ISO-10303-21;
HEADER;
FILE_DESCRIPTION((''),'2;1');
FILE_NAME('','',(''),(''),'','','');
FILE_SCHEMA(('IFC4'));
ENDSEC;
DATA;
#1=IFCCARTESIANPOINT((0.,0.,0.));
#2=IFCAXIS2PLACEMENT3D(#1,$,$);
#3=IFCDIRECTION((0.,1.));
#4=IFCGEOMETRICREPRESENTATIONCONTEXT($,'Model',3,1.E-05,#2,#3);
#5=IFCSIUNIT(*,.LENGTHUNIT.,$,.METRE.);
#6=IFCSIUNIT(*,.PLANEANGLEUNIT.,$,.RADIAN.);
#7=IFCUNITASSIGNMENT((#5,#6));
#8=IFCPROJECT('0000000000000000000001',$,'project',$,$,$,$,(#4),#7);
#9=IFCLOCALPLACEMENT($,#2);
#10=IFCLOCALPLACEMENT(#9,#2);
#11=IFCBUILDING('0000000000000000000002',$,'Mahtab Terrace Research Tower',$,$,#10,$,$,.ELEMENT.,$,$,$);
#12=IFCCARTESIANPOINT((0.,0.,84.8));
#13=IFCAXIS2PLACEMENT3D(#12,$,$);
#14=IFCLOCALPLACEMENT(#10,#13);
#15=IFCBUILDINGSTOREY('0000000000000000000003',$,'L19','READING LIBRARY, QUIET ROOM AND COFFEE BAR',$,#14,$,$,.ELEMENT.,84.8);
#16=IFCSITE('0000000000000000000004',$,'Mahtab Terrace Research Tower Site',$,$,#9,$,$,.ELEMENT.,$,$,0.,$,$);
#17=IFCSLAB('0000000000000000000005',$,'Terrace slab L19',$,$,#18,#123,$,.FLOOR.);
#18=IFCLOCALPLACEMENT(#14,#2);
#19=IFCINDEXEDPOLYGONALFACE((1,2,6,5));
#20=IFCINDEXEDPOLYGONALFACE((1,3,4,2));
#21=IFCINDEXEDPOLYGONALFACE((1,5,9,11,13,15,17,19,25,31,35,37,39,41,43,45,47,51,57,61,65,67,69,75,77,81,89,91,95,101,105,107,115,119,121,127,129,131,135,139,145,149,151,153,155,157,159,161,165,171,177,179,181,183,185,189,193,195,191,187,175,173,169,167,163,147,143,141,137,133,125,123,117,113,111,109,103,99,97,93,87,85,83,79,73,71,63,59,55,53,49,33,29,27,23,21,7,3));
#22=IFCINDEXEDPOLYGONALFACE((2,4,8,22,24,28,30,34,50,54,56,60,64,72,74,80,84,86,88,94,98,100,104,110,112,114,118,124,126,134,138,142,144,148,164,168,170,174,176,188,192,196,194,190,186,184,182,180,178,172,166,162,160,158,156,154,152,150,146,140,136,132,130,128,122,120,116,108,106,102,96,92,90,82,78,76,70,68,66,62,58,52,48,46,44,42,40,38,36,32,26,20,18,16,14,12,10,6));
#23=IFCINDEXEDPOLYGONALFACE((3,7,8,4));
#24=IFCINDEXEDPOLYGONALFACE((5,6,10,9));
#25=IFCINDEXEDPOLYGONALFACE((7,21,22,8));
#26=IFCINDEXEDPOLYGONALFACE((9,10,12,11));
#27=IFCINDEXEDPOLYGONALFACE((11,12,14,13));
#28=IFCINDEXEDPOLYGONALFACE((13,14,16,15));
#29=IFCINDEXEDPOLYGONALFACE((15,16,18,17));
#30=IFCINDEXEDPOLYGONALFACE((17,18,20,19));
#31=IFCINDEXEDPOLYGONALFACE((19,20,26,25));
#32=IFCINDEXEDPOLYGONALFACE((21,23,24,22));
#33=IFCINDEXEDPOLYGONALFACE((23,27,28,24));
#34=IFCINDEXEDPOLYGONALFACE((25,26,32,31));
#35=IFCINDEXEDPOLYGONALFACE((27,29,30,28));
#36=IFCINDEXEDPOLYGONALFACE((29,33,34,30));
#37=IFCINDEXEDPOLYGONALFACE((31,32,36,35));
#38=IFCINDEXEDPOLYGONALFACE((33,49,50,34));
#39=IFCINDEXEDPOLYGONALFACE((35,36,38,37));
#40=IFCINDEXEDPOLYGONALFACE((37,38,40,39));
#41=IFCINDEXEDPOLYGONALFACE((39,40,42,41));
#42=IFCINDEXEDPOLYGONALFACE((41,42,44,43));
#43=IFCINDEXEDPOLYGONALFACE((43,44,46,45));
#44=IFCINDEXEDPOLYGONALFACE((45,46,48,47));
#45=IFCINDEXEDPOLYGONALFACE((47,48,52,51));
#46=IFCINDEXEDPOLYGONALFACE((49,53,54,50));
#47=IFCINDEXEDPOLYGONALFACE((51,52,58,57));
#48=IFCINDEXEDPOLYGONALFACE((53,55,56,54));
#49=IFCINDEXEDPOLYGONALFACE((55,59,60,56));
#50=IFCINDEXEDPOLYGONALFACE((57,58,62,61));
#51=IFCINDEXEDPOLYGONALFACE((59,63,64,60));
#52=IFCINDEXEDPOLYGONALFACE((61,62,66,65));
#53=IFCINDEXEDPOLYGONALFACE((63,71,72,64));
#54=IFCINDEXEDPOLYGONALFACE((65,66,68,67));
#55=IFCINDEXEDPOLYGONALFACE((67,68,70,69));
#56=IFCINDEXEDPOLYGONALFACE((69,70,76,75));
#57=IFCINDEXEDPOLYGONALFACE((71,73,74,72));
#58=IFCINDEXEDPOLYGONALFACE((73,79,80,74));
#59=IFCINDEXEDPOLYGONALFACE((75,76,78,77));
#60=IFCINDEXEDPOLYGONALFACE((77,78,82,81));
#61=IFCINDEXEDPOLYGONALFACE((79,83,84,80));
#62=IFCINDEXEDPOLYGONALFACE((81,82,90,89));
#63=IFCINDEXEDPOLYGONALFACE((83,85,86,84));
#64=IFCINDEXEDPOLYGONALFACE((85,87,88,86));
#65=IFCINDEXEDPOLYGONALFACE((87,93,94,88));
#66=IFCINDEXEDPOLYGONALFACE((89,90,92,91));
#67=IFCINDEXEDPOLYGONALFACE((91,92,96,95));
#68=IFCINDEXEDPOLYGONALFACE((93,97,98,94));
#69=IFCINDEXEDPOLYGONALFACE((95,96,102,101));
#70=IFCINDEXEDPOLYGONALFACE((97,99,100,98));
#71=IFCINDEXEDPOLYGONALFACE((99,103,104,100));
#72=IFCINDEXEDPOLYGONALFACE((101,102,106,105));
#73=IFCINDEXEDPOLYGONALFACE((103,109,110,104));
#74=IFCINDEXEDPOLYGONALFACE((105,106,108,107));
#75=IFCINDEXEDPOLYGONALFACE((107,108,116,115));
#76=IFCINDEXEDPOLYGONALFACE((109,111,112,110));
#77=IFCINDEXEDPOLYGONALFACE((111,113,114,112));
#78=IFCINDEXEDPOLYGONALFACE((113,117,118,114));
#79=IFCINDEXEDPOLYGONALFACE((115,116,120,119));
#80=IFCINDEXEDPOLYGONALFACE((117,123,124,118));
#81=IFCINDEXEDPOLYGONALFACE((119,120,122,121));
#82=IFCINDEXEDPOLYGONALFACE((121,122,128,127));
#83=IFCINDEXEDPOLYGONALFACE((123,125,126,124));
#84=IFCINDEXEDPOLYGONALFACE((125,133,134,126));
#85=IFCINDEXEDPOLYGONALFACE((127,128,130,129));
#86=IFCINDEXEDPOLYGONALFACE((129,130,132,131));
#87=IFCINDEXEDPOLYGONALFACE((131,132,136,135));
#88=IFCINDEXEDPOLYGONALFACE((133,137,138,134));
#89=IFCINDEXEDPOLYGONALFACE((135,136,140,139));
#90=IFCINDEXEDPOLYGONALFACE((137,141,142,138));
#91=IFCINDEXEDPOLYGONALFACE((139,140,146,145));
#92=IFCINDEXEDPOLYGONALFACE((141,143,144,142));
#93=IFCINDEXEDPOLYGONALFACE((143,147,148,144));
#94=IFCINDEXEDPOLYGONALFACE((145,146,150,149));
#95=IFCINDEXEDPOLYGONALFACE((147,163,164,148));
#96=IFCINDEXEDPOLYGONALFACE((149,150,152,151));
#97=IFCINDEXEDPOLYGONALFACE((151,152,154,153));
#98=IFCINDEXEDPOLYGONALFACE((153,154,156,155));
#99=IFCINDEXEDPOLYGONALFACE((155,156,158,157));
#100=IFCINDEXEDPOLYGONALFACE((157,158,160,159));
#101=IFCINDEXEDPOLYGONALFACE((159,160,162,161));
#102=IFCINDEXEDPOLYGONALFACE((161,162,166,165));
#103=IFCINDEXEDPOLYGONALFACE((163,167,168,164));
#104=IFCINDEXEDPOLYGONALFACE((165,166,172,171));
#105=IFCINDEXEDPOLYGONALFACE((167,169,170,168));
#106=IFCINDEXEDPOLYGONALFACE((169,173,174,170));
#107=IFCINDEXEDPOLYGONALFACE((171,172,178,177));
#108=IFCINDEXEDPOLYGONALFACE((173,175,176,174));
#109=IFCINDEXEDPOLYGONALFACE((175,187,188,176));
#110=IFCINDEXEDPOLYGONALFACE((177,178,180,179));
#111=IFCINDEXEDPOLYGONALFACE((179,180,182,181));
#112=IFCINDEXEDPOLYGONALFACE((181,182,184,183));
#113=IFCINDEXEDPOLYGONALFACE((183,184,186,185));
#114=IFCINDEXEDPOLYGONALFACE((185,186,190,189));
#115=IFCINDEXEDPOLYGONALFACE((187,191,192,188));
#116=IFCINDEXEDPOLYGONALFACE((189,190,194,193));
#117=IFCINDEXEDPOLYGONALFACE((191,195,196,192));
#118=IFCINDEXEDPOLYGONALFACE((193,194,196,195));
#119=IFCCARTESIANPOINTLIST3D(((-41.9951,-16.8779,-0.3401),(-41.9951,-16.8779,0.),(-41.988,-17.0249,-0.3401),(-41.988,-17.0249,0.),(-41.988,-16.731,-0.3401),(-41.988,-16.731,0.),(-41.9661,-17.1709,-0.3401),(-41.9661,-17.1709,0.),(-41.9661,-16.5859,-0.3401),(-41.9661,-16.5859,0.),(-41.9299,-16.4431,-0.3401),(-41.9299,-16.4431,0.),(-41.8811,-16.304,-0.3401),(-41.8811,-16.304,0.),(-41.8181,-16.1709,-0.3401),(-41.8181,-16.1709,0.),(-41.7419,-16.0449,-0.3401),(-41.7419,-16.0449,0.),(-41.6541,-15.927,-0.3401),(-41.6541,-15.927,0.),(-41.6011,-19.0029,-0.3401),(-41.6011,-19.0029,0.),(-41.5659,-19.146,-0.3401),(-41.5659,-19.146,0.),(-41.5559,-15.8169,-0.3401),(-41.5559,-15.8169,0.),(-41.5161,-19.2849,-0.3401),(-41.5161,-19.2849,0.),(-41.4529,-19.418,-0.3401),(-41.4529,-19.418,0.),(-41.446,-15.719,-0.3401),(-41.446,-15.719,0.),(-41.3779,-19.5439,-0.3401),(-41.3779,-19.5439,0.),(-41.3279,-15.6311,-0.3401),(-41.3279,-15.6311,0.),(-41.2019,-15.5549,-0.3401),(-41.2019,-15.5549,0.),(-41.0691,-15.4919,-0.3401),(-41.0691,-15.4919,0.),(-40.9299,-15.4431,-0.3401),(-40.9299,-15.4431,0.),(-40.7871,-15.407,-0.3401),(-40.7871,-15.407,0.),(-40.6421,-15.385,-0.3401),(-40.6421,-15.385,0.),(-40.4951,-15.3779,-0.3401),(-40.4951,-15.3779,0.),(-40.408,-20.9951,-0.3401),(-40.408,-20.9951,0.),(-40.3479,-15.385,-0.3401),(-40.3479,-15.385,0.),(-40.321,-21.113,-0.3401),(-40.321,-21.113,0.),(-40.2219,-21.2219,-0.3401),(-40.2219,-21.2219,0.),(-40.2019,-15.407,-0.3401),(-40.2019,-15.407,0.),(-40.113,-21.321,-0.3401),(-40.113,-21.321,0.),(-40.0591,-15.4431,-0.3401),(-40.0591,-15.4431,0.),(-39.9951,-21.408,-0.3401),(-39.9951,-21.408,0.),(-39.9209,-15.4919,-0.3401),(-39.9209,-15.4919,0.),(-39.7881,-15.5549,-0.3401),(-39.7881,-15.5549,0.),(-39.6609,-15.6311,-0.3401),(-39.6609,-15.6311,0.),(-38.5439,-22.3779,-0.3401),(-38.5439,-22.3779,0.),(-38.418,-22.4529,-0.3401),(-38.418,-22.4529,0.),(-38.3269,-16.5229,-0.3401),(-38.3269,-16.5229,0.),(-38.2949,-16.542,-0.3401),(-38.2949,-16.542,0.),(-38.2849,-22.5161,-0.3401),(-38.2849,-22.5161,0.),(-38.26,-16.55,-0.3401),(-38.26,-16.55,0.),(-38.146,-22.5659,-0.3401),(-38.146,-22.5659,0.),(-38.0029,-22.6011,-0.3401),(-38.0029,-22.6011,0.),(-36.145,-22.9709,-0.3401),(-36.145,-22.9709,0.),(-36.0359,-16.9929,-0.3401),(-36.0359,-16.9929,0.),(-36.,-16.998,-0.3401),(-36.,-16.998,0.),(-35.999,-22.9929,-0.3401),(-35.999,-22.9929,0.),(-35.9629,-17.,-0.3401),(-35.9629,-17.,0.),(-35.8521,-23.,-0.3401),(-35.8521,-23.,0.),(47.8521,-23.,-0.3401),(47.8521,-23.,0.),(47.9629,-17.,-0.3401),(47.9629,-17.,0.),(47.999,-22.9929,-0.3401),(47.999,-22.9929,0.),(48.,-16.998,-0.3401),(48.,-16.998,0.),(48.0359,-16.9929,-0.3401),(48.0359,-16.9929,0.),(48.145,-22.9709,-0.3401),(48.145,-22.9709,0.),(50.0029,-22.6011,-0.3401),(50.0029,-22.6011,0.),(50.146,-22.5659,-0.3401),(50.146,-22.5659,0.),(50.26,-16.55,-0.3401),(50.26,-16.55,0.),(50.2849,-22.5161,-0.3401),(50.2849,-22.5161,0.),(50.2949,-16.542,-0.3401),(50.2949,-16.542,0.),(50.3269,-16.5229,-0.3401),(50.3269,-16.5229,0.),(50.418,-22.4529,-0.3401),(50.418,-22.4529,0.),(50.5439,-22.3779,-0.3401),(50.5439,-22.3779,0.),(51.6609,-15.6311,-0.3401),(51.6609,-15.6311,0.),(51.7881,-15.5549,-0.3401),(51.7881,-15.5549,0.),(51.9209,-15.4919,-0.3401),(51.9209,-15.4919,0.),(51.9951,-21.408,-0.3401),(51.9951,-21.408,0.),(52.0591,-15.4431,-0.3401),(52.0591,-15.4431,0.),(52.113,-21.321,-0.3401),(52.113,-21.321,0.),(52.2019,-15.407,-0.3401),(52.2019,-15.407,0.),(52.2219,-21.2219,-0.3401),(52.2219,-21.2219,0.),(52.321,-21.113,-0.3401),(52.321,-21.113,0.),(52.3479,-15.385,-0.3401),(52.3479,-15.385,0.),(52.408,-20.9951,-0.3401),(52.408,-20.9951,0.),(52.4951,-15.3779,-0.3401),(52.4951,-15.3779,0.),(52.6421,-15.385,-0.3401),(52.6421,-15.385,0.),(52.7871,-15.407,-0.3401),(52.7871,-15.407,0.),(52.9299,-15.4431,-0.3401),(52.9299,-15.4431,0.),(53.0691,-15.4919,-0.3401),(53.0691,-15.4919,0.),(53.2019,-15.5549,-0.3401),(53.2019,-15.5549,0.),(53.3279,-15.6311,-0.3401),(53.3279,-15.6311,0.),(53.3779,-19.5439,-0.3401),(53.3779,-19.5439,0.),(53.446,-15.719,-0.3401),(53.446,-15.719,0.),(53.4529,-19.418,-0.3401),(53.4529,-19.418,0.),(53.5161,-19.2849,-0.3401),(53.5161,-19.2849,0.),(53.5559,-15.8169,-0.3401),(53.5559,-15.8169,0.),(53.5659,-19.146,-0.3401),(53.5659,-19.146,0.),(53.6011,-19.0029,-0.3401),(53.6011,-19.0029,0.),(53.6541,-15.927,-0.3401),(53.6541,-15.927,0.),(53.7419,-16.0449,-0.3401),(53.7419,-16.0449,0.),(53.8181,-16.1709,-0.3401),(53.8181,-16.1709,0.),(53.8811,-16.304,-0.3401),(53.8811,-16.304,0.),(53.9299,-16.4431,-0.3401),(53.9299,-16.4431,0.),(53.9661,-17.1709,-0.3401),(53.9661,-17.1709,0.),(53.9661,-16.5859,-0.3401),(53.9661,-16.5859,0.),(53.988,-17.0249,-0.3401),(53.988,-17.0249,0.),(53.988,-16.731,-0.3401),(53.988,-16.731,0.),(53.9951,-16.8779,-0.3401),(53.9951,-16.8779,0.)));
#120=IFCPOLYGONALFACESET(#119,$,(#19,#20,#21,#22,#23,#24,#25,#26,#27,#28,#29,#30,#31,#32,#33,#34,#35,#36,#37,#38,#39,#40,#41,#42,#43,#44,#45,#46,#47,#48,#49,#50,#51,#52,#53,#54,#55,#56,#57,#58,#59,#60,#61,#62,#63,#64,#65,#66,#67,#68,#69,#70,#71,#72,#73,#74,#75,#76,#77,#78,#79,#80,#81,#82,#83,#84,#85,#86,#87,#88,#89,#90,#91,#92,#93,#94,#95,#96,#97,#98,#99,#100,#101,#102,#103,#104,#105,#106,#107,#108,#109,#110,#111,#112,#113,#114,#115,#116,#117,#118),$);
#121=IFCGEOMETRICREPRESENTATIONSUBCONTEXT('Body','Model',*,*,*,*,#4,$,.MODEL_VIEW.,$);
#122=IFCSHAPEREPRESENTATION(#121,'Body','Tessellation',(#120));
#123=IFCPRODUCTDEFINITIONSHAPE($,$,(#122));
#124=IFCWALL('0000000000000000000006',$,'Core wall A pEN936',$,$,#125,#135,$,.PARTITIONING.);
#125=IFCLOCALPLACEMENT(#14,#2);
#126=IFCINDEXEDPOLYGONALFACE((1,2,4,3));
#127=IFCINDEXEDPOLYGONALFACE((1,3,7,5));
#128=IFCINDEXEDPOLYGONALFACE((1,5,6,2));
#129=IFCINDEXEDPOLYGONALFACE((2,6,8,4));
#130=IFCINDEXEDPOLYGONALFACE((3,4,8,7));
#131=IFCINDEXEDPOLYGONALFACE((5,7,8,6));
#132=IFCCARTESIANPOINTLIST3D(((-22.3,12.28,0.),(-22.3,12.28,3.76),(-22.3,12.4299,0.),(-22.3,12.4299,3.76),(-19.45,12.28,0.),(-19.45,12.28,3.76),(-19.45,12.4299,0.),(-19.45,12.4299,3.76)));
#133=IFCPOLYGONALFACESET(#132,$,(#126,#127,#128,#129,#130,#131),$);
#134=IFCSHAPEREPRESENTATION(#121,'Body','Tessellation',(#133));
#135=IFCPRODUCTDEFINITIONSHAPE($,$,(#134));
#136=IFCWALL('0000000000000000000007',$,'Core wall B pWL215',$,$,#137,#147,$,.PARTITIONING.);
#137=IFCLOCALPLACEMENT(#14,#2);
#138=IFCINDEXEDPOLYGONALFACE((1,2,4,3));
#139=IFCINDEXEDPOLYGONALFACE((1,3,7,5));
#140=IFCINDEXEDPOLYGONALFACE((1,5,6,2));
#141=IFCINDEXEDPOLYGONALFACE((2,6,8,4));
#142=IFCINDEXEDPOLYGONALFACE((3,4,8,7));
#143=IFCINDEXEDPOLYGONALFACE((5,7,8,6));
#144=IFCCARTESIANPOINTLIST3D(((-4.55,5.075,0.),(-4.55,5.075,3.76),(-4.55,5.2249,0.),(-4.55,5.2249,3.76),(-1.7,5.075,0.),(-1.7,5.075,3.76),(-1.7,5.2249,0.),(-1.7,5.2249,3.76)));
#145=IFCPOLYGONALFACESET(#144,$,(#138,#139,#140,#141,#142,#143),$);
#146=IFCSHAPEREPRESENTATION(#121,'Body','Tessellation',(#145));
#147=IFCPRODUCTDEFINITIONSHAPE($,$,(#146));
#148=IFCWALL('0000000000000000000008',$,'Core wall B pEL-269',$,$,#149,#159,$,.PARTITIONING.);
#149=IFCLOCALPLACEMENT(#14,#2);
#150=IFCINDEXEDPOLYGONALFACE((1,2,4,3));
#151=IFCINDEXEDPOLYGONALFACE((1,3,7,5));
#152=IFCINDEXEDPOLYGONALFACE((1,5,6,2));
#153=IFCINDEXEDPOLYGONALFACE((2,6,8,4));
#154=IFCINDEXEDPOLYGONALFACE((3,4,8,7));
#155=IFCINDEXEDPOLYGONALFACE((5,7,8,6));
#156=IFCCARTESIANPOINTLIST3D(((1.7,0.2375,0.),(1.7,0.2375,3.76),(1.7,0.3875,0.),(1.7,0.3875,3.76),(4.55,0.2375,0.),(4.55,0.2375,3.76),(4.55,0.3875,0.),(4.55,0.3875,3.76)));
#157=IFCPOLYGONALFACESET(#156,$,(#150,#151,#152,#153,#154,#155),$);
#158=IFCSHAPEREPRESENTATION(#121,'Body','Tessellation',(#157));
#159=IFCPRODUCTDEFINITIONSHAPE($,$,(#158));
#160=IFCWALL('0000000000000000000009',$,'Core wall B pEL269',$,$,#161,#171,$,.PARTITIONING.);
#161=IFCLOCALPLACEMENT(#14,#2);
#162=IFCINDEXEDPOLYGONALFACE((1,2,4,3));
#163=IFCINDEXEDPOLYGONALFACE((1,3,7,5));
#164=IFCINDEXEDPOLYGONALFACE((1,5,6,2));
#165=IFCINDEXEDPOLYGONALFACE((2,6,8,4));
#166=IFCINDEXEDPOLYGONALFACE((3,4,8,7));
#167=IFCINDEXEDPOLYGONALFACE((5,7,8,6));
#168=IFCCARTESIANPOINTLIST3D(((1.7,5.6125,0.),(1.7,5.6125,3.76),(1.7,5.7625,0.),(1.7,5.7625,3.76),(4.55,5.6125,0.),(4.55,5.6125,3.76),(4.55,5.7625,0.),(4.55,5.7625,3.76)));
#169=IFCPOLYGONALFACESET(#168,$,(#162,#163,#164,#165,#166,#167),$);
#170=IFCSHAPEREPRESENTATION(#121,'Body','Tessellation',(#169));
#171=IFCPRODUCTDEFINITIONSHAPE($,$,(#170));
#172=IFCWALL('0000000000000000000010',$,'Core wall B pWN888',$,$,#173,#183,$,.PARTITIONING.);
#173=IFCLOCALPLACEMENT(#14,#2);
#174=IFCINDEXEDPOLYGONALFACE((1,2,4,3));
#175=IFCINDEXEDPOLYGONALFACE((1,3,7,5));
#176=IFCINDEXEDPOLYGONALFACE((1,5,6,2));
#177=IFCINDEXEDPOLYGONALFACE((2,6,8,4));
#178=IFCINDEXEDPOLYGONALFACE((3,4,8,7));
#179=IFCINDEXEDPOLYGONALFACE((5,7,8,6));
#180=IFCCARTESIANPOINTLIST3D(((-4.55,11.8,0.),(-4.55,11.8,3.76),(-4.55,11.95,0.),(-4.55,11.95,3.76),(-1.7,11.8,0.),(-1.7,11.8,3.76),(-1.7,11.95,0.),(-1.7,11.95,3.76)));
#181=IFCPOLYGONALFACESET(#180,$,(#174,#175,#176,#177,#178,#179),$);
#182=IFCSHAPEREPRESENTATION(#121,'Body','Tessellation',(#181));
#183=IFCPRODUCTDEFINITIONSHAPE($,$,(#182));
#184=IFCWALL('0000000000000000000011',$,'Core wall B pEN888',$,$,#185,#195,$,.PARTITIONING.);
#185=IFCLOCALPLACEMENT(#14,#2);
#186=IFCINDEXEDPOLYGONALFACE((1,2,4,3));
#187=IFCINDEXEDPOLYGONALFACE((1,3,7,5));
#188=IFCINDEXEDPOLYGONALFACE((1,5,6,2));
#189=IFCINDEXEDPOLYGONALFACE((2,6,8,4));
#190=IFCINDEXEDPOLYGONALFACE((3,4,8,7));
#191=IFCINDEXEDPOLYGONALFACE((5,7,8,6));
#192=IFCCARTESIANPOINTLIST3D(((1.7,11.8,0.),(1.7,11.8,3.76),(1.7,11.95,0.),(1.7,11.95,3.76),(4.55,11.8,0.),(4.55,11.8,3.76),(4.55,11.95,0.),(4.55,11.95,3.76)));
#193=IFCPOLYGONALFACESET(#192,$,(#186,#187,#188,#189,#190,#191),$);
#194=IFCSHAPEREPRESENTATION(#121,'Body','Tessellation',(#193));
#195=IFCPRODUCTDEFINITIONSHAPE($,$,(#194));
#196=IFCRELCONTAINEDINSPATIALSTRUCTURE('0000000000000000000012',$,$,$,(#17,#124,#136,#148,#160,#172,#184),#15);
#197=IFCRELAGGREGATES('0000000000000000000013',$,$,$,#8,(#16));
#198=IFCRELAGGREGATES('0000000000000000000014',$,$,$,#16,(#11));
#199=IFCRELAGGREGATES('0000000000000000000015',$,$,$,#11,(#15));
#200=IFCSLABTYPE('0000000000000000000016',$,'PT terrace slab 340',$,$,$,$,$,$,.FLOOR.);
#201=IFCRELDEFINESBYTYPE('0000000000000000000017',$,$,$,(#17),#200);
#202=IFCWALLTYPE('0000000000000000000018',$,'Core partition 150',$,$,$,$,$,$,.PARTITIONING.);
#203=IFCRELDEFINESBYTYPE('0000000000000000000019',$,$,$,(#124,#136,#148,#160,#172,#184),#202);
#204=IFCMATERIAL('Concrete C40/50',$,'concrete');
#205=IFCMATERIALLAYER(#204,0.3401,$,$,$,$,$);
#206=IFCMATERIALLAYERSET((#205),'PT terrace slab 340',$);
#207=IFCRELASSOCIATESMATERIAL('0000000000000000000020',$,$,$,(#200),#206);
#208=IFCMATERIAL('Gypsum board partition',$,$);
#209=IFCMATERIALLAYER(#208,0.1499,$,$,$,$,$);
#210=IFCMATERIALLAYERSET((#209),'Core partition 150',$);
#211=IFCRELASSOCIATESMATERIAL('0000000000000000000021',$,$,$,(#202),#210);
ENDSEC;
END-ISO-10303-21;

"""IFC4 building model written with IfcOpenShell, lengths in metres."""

from ifc_helpers import new_model, si_unit, direction, frame, frame_2d, origin, place, context, subcontext, project, spatial, polyline, rectangle, outline, extrude, material, layer, layer_set, type_object, element, save


model = new_model("IFC4")

# Units and contexts
model_context = context("Model", 3, precision=1e-05, world=origin(), true_north=direction((0.0, 1.0)))
body_context = subcontext(model_context, "Body", "Model", "MODEL_VIEW")
ifc_project = project(units=[si_unit("LENGTHUNIT", "METRE"), si_unit("PLANEANGLEUNIT", "RADIAN")], contexts=[model_context])

# Site, building, storey
site_placement = place(None, origin())
site = spatial("IfcSite", under=ifc_project, at=site_placement, Name="Mahtab Terrace Research Tower Site", CompositionType="ELEMENT", RefElevation=0.0)
building_placement = place(site_placement, origin())
building = spatial("IfcBuilding", under=site, at=building_placement, Name="Mahtab Terrace Research Tower", CompositionType="ELEMENT")
storey_placement = place(building_placement, frame((0.0, 0.0, 84.8)))
storey = spatial("IfcBuildingStorey", under=building, at=storey_placement, Name="L19", Description="READING LIBRARY, QUIET ROOM AND COFFEE BAR", CompositionType="ELEMENT", Elevation=84.8)

# Shared definitions
ifc_material_1 = material(Name="Concrete C40/50", Category="concrete")

# Slab
ifc_layer_1 = layer(ifc_material_1, 0.3401)
ifc_layer_set_1 = layer_set([ifc_layer_1], Name="PT terrace slab 340")
slab_type_1 = type_object("IfcSlabType", Name="PT terrace slab 340", PredefinedType="FLOOR", material=ifc_layer_set_1)
slab_1_placement = place(storey_placement, frame((0.0, 0.0, -0.3401)))
element("IfcSlab", 1, at=slab_1_placement, inside=storey, type_object=slab_type_1, Name="Terrace slab L19", PredefinedType="FLOOR", context=body_context, shape_type="SweptSolid", body=[
    extrude(outline(polyline([(-41.6011, -19.0029), (-41.5659, -19.146), (-41.5161, -19.2849), (-41.4529, -19.418), (-41.3779, -19.5439), (-40.408, -20.9951), (-40.321, -21.113), (-40.2219, -21.2219), (-40.113, -21.321), (-39.9951, -21.408), (-38.5439, -22.3779), (-38.418, -22.4529), (-38.2849, -22.5161), (-38.146, -22.5659), (-38.0029, -22.6011), (-36.145, -22.9709), (-35.999, -22.9929), (-35.8521, -23.0), (47.8521, -23.0), (47.999, -22.9929), (48.145, -22.9709), (50.0029, -22.6011), (50.146, -22.5659), (50.2849, -22.5161), (50.418, -22.4529), (50.5439, -22.3779), (51.9951, -21.408), (52.113, -21.321), (52.2219, -21.2219), (52.321, -21.113), (52.408, -20.9951), (53.3779, -19.5439), (53.4529, -19.418), (53.5161, -19.2849), (53.5659, -19.146), (53.6011, -19.0029), (53.9661, -17.1709), (53.988, -17.0249), (53.9951, -16.8779), (53.988, -16.731), (53.9661, -16.5859), (53.9299, -16.4431), (53.8811, -16.304), (53.8181, -16.1709), (53.7419, -16.0449), (53.6541, -15.927), (53.5559, -15.8169), (53.446, -15.719), (53.3279, -15.6311), (53.2019, -15.5549), (53.0691, -15.4919), (52.9299, -15.4431), (52.7871, -15.407), (52.6421, -15.385), (52.4951, -15.3779), (52.3479, -15.385), (52.2019, -15.407), (52.0591, -15.4431), (51.9209, -15.4919), (51.7881, -15.5549), (51.6609, -15.6311), (50.3269, -16.5229), (50.2949, -16.542), (50.26, -16.55), (48.0359, -16.9929), (48.0, -16.998), (47.9629, -17.0), (-35.9629, -17.0), (-36.0, -16.998), (-36.0359, -16.9929), (-38.26, -16.55), (-38.2949, -16.542), (-38.3269, -16.5229), (-39.6609, -15.6311), (-39.7881, -15.5549), (-39.9209, -15.4919), (-40.0591, -15.4431), (-40.2019, -15.407), (-40.3479, -15.385), (-40.4951, -15.3779), (-40.6421, -15.385), (-40.7871, -15.407), (-40.9299, -15.4431), (-41.0691, -15.4919), (-41.2019, -15.5549), (-41.3279, -15.6311), (-41.446, -15.719), (-41.5559, -15.8169), (-41.6541, -15.927), (-41.7419, -16.0449), (-41.8181, -16.1709), (-41.8811, -16.304), (-41.9299, -16.4431), (-41.9661, -16.5859), (-41.988, -16.731), (-41.9951, -16.8779), (-41.988, -17.0249), (-41.9661, -17.1709), (-41.6011, -19.0029)])), origin(), (0.0, 0.0, 1.0), 0.3401),
])

# Walls
ifc_material_2 = material(Name="Gypsum board partition")
ifc_layer_2 = layer(ifc_material_2, 0.1499)
ifc_layer_set_2 = layer_set([ifc_layer_2], Name="Core partition 150")
wall_type_1 = type_object("IfcWallType", Name="Core partition 150", PredefinedType="PARTITIONING", material=ifc_layer_set_2)
for number, where, z_axis, x_axis, name in (
    (2, (-22.3, 12.355, 0.0), (0.0, 0.0, 1.0), (1.0, 0.0, 0.0), "Core wall A pEN936"),
    (3, (-4.55, 5.1499, 0.0), (0.0, 0.0, 1.0), (1.0, 0.0, 0.0), "Core wall B pWL215"),
    (4, (1.7, 0.3125, 0.0), (0.0, 0.0, 1.0), (1.0, 0.0, 0.0), "Core wall B pEL-269"),
    (5, (1.7, 5.6875, 0.0), (0.0, 0.0, 1.0), (1.0, 0.0, 0.0), "Core wall B pEL269"),
    (6, (-4.55, 11.875, 0.0), (0.0, 0.0, 1.0), (1.0, 0.0, 0.0), "Core wall B pWN888"),
    (7, (1.7, 11.875, 0.0), (0.0, 0.0, 1.0), (1.0, 0.0, 0.0), "Core wall B pEN888"),
):
    element("IfcWall", number, at=place(storey_placement, frame(where, z_axis=z_axis, x_axis=x_axis)), inside=storey, type_object=wall_type_1, Name=name, PredefinedType="PARTITIONING", context=body_context, shape_type="SweptSolid", body=[
        extrude(rectangle(XDim=2.8501, YDim=0.1499, at=frame_2d((1.425, 0.0))), origin(), (0.0, 0.0, 1.0), 3.76),
    ])

save(model, "model.ifc")
